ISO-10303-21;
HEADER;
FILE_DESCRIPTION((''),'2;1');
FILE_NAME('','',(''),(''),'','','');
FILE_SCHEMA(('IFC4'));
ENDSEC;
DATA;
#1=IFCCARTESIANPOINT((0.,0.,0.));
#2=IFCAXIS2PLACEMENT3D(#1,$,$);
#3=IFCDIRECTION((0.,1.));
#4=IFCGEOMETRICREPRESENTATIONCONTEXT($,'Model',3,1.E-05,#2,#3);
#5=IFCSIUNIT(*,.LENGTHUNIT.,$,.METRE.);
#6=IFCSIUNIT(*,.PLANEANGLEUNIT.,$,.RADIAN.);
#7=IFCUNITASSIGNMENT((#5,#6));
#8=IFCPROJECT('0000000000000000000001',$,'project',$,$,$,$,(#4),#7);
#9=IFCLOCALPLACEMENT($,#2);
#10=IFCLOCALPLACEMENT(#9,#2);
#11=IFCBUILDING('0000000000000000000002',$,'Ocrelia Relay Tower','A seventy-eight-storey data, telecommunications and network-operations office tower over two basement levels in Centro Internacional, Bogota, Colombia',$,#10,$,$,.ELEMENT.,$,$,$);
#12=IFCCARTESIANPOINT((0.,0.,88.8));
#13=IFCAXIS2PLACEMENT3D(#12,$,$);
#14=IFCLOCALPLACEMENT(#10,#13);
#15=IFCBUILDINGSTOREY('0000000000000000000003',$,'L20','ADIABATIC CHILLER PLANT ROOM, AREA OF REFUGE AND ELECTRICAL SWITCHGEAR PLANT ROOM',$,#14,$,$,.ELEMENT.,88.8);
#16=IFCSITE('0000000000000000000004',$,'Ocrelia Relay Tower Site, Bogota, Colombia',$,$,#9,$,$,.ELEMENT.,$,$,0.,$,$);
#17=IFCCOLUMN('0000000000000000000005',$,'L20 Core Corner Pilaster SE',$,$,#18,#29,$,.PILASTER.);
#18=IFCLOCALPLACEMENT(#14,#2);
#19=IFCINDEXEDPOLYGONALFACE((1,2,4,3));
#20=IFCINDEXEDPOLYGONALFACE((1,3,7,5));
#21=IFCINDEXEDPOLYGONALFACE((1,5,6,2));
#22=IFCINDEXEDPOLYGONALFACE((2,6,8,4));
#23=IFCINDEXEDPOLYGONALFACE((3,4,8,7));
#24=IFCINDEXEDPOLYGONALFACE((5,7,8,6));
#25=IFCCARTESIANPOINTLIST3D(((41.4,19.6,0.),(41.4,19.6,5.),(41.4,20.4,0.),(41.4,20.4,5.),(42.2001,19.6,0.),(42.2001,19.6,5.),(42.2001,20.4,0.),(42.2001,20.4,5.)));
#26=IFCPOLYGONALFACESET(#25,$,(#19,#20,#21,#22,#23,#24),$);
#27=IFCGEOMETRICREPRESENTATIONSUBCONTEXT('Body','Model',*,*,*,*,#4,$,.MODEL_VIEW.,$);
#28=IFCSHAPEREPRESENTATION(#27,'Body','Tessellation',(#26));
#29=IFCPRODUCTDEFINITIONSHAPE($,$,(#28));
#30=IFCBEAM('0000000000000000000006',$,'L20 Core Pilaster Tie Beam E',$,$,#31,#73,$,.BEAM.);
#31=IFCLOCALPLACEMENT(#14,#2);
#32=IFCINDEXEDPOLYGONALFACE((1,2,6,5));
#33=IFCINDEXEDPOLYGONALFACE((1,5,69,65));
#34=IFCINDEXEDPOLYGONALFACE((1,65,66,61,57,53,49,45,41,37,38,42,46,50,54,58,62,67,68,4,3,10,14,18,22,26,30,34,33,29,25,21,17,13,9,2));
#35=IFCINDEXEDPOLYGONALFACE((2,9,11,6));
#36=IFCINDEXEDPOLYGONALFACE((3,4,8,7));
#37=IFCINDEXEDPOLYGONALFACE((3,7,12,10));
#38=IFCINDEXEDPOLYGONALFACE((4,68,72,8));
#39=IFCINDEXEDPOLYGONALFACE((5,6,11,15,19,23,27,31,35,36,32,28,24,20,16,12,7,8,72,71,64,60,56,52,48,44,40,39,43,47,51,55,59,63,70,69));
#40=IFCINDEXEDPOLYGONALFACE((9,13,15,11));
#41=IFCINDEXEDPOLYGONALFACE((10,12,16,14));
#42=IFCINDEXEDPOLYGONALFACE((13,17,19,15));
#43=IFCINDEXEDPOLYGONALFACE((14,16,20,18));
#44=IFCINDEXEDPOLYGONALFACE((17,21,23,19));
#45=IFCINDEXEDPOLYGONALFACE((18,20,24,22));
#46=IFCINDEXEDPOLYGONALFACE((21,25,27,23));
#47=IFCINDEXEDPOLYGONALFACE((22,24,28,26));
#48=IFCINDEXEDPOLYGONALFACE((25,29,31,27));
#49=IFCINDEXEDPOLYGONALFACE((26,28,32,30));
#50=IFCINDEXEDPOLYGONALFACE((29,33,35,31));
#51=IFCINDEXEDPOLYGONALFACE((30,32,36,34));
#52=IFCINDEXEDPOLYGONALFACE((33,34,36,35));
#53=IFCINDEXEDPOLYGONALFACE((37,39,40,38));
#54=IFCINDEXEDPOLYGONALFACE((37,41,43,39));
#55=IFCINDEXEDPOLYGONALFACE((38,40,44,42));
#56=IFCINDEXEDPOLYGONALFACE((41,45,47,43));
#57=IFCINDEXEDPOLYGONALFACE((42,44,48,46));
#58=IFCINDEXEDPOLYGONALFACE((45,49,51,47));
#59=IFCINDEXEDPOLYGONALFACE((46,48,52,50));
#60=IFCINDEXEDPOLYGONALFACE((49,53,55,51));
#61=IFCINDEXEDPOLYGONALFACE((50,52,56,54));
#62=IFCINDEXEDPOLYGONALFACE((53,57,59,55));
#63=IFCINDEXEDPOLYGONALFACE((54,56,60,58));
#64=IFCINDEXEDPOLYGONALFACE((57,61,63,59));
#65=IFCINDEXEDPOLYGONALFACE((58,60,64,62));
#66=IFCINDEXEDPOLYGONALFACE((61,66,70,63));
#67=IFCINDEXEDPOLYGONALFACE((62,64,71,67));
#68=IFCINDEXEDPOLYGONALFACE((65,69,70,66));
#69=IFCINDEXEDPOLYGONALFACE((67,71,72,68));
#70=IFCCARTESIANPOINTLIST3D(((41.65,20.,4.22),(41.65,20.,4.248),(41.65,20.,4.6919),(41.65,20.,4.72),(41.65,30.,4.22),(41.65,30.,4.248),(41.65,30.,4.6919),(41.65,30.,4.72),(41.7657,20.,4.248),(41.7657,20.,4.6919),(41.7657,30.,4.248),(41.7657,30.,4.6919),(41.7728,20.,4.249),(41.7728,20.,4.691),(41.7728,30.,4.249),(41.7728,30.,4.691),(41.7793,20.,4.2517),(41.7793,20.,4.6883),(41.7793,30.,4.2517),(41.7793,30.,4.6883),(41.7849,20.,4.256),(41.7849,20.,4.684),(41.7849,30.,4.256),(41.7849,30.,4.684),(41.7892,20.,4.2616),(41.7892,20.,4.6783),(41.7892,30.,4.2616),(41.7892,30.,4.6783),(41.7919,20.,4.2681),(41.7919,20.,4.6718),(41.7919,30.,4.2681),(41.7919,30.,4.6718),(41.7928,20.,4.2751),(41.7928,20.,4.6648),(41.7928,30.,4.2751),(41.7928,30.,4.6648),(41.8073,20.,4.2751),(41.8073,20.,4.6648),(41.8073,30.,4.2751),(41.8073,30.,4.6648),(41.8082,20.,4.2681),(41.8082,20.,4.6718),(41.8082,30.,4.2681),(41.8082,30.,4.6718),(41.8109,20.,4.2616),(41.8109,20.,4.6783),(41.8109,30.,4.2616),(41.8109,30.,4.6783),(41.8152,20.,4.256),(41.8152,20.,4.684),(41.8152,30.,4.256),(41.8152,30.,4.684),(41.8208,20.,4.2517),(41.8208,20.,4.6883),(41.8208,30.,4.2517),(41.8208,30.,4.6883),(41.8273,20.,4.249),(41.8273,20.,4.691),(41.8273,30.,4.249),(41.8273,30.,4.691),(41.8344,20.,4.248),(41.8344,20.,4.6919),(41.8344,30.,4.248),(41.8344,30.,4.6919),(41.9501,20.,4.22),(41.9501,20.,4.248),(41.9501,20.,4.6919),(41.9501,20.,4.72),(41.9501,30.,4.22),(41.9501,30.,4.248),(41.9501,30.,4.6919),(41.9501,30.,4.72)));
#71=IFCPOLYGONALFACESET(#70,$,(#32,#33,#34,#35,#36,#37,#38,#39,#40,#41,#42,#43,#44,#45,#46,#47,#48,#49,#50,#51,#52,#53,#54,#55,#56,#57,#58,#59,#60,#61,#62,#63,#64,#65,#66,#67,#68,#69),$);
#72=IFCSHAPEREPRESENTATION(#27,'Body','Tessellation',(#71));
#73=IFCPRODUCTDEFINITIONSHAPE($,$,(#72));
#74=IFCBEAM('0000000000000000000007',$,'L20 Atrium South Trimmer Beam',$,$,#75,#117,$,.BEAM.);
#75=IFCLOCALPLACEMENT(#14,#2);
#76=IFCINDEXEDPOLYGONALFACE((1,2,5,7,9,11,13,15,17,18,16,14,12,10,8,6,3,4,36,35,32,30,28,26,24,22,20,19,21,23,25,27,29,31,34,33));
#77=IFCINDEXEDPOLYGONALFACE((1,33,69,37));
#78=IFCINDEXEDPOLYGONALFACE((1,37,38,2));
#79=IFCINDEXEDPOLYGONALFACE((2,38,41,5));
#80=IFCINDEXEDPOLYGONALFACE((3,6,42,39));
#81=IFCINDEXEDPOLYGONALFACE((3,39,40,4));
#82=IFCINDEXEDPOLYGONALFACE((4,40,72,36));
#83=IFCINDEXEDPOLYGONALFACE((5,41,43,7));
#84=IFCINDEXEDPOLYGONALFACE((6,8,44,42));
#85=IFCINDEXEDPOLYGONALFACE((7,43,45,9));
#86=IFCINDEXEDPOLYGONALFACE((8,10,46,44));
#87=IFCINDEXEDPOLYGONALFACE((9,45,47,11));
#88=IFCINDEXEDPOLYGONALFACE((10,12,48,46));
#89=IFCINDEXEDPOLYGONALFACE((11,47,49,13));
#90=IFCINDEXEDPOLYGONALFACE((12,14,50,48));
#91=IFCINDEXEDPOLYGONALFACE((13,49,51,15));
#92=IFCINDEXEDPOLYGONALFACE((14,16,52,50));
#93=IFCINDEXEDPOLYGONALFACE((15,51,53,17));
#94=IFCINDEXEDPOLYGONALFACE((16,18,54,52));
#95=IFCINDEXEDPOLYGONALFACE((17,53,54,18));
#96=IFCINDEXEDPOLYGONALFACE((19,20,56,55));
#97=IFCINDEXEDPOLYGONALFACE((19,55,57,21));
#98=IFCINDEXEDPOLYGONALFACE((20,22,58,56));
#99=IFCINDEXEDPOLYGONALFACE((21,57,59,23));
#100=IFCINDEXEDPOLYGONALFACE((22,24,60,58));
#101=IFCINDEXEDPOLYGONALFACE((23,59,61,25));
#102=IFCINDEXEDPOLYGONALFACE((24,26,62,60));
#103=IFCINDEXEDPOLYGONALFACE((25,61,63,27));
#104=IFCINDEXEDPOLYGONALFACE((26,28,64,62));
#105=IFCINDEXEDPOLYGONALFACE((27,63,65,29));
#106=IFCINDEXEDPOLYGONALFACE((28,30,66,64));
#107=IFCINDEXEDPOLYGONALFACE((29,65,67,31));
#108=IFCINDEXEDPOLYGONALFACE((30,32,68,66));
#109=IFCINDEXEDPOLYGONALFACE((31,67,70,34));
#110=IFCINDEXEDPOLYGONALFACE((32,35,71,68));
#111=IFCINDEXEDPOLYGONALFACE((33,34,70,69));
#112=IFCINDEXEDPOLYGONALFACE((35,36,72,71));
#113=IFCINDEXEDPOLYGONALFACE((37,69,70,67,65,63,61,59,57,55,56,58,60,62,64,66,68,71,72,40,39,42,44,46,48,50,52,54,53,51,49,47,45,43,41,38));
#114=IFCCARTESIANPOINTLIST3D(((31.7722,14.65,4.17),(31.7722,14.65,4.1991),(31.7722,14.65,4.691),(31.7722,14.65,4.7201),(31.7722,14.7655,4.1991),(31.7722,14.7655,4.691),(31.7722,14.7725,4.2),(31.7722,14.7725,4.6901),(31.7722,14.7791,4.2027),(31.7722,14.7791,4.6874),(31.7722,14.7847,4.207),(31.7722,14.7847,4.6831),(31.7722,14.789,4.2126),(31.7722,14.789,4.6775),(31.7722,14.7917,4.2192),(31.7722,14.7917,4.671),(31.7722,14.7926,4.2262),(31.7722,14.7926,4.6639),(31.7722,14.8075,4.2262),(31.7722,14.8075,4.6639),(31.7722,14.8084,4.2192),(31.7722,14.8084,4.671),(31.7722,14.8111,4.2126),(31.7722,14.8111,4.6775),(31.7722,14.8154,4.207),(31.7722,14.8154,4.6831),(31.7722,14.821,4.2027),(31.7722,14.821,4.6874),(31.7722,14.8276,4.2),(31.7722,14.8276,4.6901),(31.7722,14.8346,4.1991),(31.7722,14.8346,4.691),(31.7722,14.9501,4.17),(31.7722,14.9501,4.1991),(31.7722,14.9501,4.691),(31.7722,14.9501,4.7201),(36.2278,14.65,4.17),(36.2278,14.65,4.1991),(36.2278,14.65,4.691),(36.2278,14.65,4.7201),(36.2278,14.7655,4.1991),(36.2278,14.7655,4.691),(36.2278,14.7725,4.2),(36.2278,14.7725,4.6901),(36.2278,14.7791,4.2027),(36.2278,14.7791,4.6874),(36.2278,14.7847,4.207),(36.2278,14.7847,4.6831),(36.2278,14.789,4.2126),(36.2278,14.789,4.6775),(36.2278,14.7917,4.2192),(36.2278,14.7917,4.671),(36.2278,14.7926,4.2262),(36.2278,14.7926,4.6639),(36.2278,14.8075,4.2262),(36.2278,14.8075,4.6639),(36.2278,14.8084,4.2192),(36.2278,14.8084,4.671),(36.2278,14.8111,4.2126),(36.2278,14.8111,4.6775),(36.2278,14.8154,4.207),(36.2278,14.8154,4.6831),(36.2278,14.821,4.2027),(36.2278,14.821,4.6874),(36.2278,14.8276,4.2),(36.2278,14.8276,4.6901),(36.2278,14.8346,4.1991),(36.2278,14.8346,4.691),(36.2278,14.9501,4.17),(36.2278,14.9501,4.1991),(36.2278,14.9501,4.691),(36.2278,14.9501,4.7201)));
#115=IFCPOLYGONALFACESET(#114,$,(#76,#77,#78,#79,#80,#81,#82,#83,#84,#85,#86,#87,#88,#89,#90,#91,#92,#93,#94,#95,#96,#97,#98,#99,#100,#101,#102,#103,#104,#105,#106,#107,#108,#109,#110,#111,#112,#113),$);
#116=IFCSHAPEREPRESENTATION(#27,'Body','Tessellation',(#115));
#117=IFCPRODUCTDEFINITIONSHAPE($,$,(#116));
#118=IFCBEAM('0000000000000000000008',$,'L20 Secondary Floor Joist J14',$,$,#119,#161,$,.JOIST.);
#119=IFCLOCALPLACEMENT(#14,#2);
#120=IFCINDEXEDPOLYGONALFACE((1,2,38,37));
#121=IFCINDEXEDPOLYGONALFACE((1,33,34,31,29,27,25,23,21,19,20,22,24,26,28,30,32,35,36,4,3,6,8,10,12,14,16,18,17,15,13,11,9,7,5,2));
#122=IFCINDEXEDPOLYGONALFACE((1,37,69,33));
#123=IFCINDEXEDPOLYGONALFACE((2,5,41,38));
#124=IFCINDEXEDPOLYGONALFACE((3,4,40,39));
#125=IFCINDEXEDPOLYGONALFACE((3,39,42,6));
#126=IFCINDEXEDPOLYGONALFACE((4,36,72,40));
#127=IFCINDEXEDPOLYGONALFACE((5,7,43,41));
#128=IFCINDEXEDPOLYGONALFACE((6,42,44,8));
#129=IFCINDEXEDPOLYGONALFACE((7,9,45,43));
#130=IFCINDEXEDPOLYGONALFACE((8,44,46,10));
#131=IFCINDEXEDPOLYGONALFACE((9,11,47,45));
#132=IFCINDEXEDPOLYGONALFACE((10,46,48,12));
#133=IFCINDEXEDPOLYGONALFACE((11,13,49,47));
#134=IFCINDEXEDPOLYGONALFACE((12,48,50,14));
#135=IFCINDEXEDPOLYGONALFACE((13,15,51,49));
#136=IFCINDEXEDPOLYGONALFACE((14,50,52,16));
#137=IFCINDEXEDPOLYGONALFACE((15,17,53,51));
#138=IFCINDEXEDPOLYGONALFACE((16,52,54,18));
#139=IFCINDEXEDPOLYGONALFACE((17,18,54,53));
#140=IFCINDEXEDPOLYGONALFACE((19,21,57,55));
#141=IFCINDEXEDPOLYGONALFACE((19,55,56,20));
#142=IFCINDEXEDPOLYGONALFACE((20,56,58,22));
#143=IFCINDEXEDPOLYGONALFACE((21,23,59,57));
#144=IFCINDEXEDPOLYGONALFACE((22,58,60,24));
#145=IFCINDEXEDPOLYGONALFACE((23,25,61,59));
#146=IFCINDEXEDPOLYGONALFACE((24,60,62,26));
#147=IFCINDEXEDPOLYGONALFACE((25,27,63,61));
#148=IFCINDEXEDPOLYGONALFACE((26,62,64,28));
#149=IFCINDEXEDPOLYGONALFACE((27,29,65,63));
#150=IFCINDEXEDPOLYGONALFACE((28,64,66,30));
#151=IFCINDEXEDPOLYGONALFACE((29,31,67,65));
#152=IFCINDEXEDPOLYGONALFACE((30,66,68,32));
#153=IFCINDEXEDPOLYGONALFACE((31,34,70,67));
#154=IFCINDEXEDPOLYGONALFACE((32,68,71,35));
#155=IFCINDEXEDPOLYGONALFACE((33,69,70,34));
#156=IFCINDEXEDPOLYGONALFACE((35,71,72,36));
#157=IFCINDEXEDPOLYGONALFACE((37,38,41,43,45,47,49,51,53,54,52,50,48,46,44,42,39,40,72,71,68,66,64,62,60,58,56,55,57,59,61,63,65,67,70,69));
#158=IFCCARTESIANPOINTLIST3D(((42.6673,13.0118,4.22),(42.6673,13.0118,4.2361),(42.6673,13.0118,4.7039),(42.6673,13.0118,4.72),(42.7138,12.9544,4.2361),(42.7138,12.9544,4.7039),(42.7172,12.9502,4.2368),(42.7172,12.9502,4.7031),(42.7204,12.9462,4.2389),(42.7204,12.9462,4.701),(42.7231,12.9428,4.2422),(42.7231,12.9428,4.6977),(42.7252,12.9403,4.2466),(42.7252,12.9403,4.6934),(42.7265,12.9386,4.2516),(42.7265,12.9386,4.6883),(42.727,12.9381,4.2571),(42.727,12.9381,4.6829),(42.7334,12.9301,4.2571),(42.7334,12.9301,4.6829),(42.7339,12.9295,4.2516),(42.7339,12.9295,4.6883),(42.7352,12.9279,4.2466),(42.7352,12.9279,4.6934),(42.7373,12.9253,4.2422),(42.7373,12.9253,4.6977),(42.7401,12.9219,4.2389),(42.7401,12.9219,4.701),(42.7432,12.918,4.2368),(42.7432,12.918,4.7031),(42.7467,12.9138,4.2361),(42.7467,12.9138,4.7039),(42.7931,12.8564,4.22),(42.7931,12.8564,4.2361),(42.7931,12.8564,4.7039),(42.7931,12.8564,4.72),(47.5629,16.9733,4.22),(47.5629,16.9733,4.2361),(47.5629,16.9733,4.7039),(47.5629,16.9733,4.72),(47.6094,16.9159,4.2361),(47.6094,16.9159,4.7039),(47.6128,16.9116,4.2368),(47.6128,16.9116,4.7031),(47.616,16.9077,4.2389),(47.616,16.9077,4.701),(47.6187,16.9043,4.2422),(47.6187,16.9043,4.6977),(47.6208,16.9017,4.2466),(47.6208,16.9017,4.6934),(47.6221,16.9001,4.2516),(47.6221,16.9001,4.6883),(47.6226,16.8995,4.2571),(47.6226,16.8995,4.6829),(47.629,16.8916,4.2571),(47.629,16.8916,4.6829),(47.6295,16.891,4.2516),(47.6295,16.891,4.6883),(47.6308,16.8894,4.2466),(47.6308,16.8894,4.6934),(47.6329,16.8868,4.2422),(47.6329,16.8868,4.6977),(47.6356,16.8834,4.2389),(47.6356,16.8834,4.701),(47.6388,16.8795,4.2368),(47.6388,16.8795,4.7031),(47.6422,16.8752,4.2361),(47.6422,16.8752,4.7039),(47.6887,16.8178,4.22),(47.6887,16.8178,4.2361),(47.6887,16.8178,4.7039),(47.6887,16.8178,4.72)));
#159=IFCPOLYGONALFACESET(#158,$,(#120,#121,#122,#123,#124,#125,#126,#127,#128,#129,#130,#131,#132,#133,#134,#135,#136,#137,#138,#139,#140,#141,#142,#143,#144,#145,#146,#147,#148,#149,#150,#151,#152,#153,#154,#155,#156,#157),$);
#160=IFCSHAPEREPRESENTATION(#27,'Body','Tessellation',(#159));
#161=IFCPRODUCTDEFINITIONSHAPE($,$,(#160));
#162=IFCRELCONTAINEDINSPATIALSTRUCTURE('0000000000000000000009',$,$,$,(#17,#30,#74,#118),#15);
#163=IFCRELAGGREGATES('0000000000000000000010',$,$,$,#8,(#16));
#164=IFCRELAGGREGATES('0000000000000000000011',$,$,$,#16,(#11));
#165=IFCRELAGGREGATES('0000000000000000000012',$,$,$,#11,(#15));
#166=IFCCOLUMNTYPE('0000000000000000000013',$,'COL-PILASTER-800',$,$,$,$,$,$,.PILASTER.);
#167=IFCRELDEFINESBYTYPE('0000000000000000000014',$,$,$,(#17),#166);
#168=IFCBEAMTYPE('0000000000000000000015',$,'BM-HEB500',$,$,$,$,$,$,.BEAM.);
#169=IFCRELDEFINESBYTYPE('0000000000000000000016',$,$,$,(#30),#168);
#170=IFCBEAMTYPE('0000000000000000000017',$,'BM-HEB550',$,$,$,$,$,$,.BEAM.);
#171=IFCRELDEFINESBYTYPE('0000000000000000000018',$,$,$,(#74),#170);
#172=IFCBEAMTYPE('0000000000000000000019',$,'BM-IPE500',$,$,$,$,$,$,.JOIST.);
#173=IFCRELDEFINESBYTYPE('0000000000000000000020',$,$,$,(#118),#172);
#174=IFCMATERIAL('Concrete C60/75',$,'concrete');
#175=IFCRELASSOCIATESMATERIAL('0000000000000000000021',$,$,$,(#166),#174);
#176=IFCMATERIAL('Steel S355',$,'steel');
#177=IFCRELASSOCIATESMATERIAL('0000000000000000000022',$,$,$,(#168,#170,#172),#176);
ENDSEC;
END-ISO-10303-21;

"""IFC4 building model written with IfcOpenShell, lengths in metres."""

from ifc_helpers import new_model, si_unit, direction, frame, origin, origin_2d, place, context, subcontext, project, spatial, rectangle, i_section, extrude, material, material_profile, profile_set, type_object, element, save


model = new_model("IFC4")

# Units and contexts
model_context = context("Model", 3, precision=1e-05, world=origin(), true_north=direction((0.0, 1.0)))
body_context = subcontext(model_context, "Body", "Model", "MODEL_VIEW")
ifc_project = project(units=[si_unit("LENGTHUNIT", "METRE"), si_unit("PLANEANGLEUNIT", "RADIAN")], contexts=[model_context])

# Site, building, storey
site_placement = place(None, origin())
site = spatial("IfcSite", under=ifc_project, at=site_placement, Name="Ocrelia Relay Tower Site, Bogota, Colombia", CompositionType="ELEMENT", RefElevation=0.0)
building_placement = place(site_placement, origin())
building = spatial("IfcBuilding", under=site, at=building_placement, Name="Ocrelia Relay Tower", Description="A seventy-eight-storey data, telecommunications and network-operations office tower over two basement levels in Centro Internacional, Bogota, Colombia", CompositionType="ELEMENT")
storey_placement = place(building_placement, frame((0.0, 0.0, 88.8)))
storey = spatial("IfcBuildingStorey", under=building, at=storey_placement, Name="L20", Description="ADIABATIC CHILLER PLANT ROOM, AREA OF REFUGE AND ELECTRICAL SWITCHGEAR PLANT ROOM", CompositionType="ELEMENT", Elevation=88.8)

# Column
ifc_material_1 = material(Name="Concrete C60/75", Category="concrete")
ifc_material_profile_1 = material_profile(ifc_material_1, rectangle(XDim=0.8, YDim=0.8, at=origin_2d()), Name="RC-COL-800x800")
ifc_profile_set_1 = profile_set([ifc_material_profile_1], Name="Concrete C60/75")
column_type = type_object("IfcColumnType", Name="COL-PILASTER-800", PredefinedType="PILASTER", material=ifc_profile_set_1)
column_placement = place(storey_placement, frame((41.8, 20.0, 0.0), z_axis=(0.0, 0.0, 1.0), x_axis=(1.0, 0.0, 0.0)))
element("IfcColumn", 1, at=column_placement, inside=storey, type_object=column_type, Name="L20 Core Corner Pilaster SE", PredefinedType="PILASTER", context=body_context, shape_type="SweptSolid", body=[
    extrude(rectangle(XDim=0.8, YDim=0.8, at=origin_2d()), origin(), (0.0, 0.0, 1.0), 5.0),
])

# Beams
ifc_material_2 = material(Name="Steel S355", Category="steel")
ifc_material_profile_2 = material_profile(ifc_material_2, i_section(OverallWidth=0.3, OverallDepth=0.5, WebThickness=0.0144, FlangeThickness=0.0281, FilletRadius=0.0271, at=origin_2d()), Name="HEB 500")
ifc_profile_set_2 = profile_set([ifc_material_profile_2], Name="Steel S355")
beam_type_1 = type_object("IfcBeamType", Name="BM-HEB500", PredefinedType="BEAM", material=ifc_profile_set_2)
beam_1_placement = place(storey_placement, frame((41.8, 20.0, 4.47), z_axis=(0.0, 1.0, 0.0), x_axis=(-1.0, 0.0, 0.0)))
element("IfcBeam", 2, at=beam_1_placement, inside=storey, type_object=beam_type_1, Name="L20 Core Pilaster Tie Beam E", PredefinedType="BEAM", context=body_context, shape_type="SweptSolid", body=[
    extrude(i_section(OverallWidth=0.3, OverallDepth=0.5, WebThickness=0.0144, FlangeThickness=0.0281, FilletRadius=0.0271, at=origin_2d()), origin(), (0.0, 0.0, 1.0), 10.0),
])
ifc_material_profile_3 = material_profile(ifc_material_2, i_section(OverallWidth=0.3, OverallDepth=0.55, WebThickness=0.0149, FlangeThickness=0.0291, FilletRadius=0.0271, at=origin_2d()), Name="HEB 550")
ifc_profile_set_3 = profile_set([ifc_material_profile_3], Name="Steel S355")
beam_type_2 = type_object("IfcBeamType", Name="BM-HEB550", PredefinedType="BEAM", material=ifc_profile_set_3)
beam_2_placement = place(storey_placement, frame((31.7722, 14.8, 4.4451), z_axis=(1.0, 0.0, 0.0), x_axis=(0.0, 1.0, 0.0)))
element("IfcBeam", 3, at=beam_2_placement, inside=storey, type_object=beam_type_2, Name="L20 Atrium South Trimmer Beam", PredefinedType="BEAM", context=body_context, shape_type="SweptSolid", body=[
    extrude(i_section(OverallWidth=0.3, OverallDepth=0.55, WebThickness=0.0149, FlangeThickness=0.0291, FilletRadius=0.0271, at=origin_2d()), origin(), (0.0, 0.0, 1.0), 4.4556),
])
ifc_material_profile_4 = material_profile(ifc_material_2, i_section(OverallWidth=0.2, OverallDepth=0.5, WebThickness=0.0103, FlangeThickness=0.0161, FilletRadius=0.021, at=origin_2d()), Name="IPE 500")
ifc_profile_set_4 = profile_set([ifc_material_profile_4], Name="Steel S355")
beam_type_3 = type_object("IfcBeamType", Name="BM-IPE500", PredefinedType="JOIST", material=ifc_profile_set_4)
beam_3_placement = place(storey_placement, frame((42.7302, 12.9341, 4.47), z_axis=(0.777369, 0.629044, 0.0), x_axis=(-0.629044, 0.777369, 0.0)))
element("IfcBeam", 4, at=beam_3_placement, inside=storey, type_object=beam_type_3, Name="L20 Secondary Floor Joist J14", PredefinedType="JOIST", context=body_context, shape_type="SweptSolid", body=[
    extrude(i_section(OverallWidth=0.2, OverallDepth=0.5, WebThickness=0.0103, FlangeThickness=0.0161, FilletRadius=0.021, at=origin_2d()), origin(), (0.0, 0.0, 1.0), 6.2976),
])

save(model, "model.ifc")
